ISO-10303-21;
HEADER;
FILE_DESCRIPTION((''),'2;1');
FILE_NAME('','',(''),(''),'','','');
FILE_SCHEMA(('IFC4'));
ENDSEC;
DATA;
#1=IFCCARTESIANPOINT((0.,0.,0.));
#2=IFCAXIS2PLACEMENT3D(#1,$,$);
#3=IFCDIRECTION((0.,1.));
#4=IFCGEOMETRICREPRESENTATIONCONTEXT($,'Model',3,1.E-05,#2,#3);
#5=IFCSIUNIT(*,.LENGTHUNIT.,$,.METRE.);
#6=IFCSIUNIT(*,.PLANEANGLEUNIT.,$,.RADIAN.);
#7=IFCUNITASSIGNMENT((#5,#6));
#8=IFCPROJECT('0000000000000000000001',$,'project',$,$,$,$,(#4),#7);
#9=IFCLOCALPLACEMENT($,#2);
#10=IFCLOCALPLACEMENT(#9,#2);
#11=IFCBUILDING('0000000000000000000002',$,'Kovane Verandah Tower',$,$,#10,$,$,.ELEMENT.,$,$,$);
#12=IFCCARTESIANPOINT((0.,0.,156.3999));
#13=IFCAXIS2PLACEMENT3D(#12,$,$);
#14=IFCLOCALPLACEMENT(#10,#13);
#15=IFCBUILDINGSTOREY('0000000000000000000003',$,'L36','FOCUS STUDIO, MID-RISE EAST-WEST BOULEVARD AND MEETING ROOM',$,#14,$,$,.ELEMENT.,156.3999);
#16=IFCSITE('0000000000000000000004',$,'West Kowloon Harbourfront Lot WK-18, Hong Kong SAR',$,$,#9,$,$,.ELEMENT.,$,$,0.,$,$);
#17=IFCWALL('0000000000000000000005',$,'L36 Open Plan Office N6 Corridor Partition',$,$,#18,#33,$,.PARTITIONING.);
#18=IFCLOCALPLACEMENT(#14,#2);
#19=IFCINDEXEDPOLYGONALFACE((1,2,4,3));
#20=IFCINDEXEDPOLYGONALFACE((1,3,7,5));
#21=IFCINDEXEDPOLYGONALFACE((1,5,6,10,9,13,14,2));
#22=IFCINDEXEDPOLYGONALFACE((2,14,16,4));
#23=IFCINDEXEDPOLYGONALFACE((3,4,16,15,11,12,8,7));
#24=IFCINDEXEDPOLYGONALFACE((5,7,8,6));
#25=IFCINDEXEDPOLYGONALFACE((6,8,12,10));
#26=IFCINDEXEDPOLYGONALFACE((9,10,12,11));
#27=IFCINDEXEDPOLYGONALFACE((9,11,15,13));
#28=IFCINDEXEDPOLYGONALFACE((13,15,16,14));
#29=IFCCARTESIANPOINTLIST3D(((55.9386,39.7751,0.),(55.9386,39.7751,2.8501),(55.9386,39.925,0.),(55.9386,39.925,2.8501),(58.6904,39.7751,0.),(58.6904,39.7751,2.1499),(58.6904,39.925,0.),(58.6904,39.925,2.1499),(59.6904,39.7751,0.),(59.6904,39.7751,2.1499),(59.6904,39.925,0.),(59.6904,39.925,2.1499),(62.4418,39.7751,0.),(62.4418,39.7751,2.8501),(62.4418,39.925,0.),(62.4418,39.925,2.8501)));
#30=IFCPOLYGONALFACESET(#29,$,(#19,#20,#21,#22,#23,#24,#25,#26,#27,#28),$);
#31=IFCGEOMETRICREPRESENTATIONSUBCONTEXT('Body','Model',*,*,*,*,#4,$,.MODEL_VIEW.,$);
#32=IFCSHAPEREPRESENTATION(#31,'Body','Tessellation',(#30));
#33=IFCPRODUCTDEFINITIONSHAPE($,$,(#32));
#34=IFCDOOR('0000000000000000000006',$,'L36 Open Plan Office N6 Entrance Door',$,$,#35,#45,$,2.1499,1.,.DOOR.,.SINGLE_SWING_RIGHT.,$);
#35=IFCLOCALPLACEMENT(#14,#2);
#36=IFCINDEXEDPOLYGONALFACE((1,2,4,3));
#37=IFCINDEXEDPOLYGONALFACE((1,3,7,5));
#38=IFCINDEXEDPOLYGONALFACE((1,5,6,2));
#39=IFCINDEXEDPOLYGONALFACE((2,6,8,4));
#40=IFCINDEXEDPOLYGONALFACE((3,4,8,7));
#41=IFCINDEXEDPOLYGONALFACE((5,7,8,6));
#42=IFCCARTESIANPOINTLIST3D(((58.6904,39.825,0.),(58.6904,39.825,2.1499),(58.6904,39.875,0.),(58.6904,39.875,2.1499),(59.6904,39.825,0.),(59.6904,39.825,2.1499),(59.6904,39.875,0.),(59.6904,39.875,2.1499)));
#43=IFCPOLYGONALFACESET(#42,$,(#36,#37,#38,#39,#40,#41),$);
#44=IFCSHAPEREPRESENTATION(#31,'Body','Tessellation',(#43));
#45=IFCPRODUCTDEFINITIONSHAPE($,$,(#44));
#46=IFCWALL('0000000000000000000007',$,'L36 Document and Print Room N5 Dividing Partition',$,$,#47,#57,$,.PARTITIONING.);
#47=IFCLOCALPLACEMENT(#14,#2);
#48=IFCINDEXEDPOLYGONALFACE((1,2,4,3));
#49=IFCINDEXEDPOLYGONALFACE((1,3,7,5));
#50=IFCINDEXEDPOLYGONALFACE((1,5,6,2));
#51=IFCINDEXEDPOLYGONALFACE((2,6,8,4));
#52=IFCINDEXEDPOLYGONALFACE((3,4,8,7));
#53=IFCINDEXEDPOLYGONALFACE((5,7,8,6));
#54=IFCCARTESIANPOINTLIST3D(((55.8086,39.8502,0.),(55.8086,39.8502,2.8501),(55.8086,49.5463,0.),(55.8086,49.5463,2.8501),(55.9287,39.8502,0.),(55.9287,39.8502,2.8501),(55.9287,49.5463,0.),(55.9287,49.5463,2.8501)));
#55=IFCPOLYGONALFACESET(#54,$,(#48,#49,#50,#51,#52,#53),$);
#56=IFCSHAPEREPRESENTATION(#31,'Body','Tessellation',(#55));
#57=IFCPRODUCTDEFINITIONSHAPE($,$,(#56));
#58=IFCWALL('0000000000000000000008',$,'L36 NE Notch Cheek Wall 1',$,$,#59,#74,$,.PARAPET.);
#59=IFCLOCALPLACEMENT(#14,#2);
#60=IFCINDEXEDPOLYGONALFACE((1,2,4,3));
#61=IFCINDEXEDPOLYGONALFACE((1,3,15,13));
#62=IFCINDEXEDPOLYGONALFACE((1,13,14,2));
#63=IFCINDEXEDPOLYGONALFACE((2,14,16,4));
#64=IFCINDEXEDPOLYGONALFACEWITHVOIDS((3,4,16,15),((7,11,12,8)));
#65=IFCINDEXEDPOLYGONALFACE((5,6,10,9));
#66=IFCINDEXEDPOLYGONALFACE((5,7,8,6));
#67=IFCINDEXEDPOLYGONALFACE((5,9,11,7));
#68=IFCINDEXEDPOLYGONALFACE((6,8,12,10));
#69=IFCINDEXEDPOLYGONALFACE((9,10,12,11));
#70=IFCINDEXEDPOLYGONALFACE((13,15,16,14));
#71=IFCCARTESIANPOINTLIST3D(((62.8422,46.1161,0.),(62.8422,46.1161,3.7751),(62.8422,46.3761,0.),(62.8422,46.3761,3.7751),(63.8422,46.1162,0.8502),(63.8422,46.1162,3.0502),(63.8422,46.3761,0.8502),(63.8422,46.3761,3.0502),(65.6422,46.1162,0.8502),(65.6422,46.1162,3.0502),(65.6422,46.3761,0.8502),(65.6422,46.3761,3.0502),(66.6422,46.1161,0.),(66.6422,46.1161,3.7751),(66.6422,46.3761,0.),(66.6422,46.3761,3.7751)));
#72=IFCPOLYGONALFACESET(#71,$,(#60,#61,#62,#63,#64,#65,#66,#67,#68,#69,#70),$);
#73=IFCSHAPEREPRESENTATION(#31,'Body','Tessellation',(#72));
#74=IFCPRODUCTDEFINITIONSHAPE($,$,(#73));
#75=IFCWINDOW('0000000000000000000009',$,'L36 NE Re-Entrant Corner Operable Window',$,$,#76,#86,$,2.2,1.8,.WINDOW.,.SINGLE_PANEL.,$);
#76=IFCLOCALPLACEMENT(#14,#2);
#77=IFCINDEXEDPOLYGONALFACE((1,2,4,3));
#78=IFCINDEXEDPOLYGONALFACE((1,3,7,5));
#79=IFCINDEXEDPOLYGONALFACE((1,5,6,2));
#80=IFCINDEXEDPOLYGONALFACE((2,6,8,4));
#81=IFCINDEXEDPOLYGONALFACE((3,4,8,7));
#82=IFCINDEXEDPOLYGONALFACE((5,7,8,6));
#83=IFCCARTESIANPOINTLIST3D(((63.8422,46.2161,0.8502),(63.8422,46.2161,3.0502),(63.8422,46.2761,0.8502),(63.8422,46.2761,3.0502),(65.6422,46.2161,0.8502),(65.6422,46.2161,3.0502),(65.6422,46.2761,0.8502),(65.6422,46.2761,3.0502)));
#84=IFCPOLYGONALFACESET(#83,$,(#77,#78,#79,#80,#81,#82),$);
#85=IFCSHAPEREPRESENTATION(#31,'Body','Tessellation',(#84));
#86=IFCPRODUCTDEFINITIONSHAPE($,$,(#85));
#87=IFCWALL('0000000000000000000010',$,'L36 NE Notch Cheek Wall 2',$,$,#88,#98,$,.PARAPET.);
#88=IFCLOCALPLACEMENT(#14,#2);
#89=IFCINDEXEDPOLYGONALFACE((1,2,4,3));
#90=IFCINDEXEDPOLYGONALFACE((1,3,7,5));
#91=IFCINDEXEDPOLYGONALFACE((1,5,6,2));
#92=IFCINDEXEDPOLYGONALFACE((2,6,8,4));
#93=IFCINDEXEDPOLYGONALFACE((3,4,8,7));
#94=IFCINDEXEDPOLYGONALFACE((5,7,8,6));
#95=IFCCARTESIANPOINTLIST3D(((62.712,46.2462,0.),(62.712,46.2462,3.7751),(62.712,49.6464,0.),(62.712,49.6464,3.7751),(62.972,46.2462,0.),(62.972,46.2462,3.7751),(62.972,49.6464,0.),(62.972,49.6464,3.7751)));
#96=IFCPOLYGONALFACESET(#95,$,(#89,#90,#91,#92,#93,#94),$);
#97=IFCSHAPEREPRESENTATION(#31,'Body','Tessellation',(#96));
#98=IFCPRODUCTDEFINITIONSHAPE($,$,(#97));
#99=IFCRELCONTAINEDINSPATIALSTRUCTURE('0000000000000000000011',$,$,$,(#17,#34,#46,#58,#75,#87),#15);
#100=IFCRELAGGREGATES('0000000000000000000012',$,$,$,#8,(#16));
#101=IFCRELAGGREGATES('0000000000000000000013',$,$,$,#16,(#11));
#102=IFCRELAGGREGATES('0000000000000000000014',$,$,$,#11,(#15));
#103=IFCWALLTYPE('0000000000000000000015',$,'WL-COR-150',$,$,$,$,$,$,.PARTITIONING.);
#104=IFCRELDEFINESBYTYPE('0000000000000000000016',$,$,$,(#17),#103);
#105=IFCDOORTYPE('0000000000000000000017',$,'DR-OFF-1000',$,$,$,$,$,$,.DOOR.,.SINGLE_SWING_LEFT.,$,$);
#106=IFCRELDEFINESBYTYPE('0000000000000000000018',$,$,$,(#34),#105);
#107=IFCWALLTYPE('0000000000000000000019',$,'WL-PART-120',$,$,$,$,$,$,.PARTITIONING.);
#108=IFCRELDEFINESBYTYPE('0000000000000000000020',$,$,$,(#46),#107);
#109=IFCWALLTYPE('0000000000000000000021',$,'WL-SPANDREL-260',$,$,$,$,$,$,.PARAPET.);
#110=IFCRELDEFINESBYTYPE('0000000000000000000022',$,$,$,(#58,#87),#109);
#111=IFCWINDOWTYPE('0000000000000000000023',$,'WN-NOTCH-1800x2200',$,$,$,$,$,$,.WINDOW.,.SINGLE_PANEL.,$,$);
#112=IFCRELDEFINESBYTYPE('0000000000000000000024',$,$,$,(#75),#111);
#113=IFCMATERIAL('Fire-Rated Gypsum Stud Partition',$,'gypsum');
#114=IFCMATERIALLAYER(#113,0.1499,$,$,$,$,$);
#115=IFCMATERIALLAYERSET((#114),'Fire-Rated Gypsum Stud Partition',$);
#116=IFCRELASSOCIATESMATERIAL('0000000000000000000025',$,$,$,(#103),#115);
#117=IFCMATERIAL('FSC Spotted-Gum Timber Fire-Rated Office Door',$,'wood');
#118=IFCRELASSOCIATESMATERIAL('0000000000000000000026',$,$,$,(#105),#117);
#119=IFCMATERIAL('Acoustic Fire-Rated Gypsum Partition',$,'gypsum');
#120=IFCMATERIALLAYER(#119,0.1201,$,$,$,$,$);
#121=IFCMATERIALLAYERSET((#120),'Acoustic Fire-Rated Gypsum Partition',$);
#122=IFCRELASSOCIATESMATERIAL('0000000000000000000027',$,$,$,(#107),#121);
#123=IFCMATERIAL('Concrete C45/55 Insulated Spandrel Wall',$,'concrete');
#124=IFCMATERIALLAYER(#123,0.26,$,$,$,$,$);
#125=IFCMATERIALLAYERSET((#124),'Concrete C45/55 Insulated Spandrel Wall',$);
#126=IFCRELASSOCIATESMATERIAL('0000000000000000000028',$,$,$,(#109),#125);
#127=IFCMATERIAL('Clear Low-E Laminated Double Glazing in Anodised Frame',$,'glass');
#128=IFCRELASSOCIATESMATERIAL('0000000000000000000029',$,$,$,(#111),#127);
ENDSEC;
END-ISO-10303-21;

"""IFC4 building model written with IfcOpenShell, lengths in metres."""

from ifc_helpers import new_model, si_unit, direction, frame, frame_2d, origin, place, context, subcontext, project, spatial, rectangle, extrude, material, layer, layer_set, type_object, element, fill, save


model = new_model("IFC4")

# Units and contexts
model_context = context("Model", 3, precision=1e-05, world=origin(), true_north=direction((0.0, 1.0)))
body_context = subcontext(model_context, "Body", "Model", "MODEL_VIEW")
ifc_project = project(units=[si_unit("LENGTHUNIT", "METRE"), si_unit("PLANEANGLEUNIT", "RADIAN")], contexts=[model_context])

# Site, building, storey
site_placement = place(None, origin())
site = spatial("IfcSite", under=ifc_project, at=site_placement, Name="West Kowloon Harbourfront Lot WK-18, Hong Kong SAR", CompositionType="ELEMENT", RefElevation=0.0)
building_placement = place(site_placement, origin())
building = spatial("IfcBuilding", under=site, at=building_placement, Name="Kovane Verandah Tower", CompositionType="ELEMENT")
storey_placement = place(building_placement, frame((0.0, 0.0, 156.3999)))
storey = spatial("IfcBuildingStorey", under=building, at=storey_placement, Name="L36", Description="FOCUS STUDIO, MID-RISE EAST-WEST BOULEVARD AND MEETING ROOM", CompositionType="ELEMENT", Elevation=156.3999)

# Wall, opening, door
ifc_material_1 = material(Name="Fire-Rated Gypsum Stud Partition", Category="gypsum")
ifc_layer_1 = layer(ifc_material_1, 0.1499)
ifc_layer_set_1 = layer_set([ifc_layer_1], Name="Fire-Rated Gypsum Stud Partition")
wall_type_1 = type_object("IfcWallType", Name="WL-COR-150", PredefinedType="PARTITIONING", material=ifc_layer_set_1)
wall_1_placement = place(storey_placement, frame((55.9387, 39.8501, 0.0), z_axis=(0.0, 0.0, 1.0), x_axis=(1.0, 0.0, 0.0)))
wall_1 = element("IfcWall", 1, at=wall_1_placement, inside=storey, type_object=wall_type_1, Name="L36 Open Plan Office N6 Corridor Partition", PredefinedType="PARTITIONING", context=body_context, shape_type="SweptSolid", body=[
    extrude(rectangle(XDim=6.5032, YDim=0.1499, at=frame_2d((3.2515, 0.0))), origin(), (0.0, 0.0, 1.0), 2.8501),
])
opening_1_placement = place(wall_1_placement, frame((2.7517, 0.0, 0.0)))
opening_1 = element("IfcOpeningElement", 2, at=opening_1_placement, cuts=wall_1, PredefinedType="OPENING", context=body_context, shape_type="SweptSolid", body=[
    extrude(rectangle(XDim=1.0, YDim=2.1499, at=frame_2d((0.5, 1.075))), frame((0.0, 0.075, 0.0), z_axis=(0.0, -1.0, 0.0), x_axis=(1.0, 0.0, 0.0)), (0.0, 0.0, 1.0), 0.1499),
])
ifc_material_2 = material(Name="FSC Spotted-Gum Timber Fire-Rated Office Door", Category="wood")
door_type_1 = type_object("IfcDoorType", Name="DR-OFF-1000", OperationType="SINGLE_SWING_LEFT", PredefinedType="DOOR", material=ifc_material_2)
door_1_placement = place(opening_1_placement, origin())
door_1 = element("IfcDoor", 3, at=door_1_placement, inside=storey, type_object=door_type_1, Name="L36 Open Plan Office N6 Entrance Door", OperationType="SINGLE_SWING_RIGHT", OverallHeight=2.1499, OverallWidth=1.0, PredefinedType="DOOR", context=body_context, shape_type="SweptSolid", body=[
    extrude(rectangle(XDim=1.0, YDim=2.1499, at=frame_2d((0.5, 1.075))), frame((0.0, 0.0249, 0.0), z_axis=(0.0, -1.0, 0.0), x_axis=(1.0, 0.0, 0.0)), (0.0, 0.0, 1.0), 0.05),
])
fill(opening_1, door_1)

# Wall
ifc_material_3 = material(Name="Acoustic Fire-Rated Gypsum Partition", Category="gypsum")
ifc_layer_2 = layer(ifc_material_3, 0.1201)
ifc_layer_set_2 = layer_set([ifc_layer_2], Name="Acoustic Fire-Rated Gypsum Partition")
wall_type_2 = type_object("IfcWallType", Name="WL-PART-120", PredefinedType="PARTITIONING", material=ifc_layer_set_2)
wall_2_placement = place(storey_placement, frame((55.8687, 39.8501, 0.0), z_axis=(0.0, 0.0, 1.0), x_axis=(0.0, 1.0, 0.0)))
element("IfcWall", 4, at=wall_2_placement, inside=storey, type_object=wall_type_2, Name="L36 Document and Print Room N5 Dividing Partition", PredefinedType="PARTITIONING", context=body_context, shape_type="SweptSolid", body=[
    extrude(rectangle(XDim=9.696, YDim=0.1201, at=frame_2d((4.8481, 0.0))), origin(), (0.0, 0.0, 1.0), 2.8501),
])

# Shared definitions
ifc_material_4 = material(Name="Concrete C45/55 Insulated Spandrel Wall", Category="concrete")
ifc_layer_3 = layer(ifc_material_4, 0.26)
ifc_layer_set_3 = layer_set([ifc_layer_3], Name="Concrete C45/55 Insulated Spandrel Wall")
wall_type_3 = type_object("IfcWallType", Name="WL-SPANDREL-260", PredefinedType="PARAPET", material=ifc_layer_set_3)
ifc_material_5 = material(Name="Clear Low-E Laminated Double Glazing in Anodised Frame", Category="glass")

# Wall, opening, window
wall_3_placement = place(storey_placement, frame((66.6421, 46.2461, 0.0), z_axis=(0.0, 0.0, 1.0), x_axis=(-1.0, 0.0, 0.0)))
wall_3 = element("IfcWall", 5, at=wall_3_placement, inside=storey, type_object=wall_type_3, Name="L36 NE Notch Cheek Wall 1", PredefinedType="PARAPET", context=body_context, shape_type="SweptSolid", body=[
    extrude(rectangle(XDim=3.8, YDim=0.26, at=frame_2d((1.8999, 0.0))), origin(), (0.0, 0.0, 1.0), 3.7751),
])
opening_2_placement = place(wall_3_placement, frame((1.0, 0.0, 0.8501)))
opening_2 = element("IfcOpeningElement", 6, at=opening_2_placement, cuts=wall_3, PredefinedType="OPENING", context=body_context, shape_type="SweptSolid", body=[
    extrude(rectangle(XDim=1.8, YDim=2.2, at=frame_2d((0.8999, 1.1001))), frame((0.0, 0.1299, 0.0), z_axis=(0.0, -1.0, 0.0), x_axis=(1.0, 0.0, 0.0)), (0.0, 0.0, 1.0), 0.26),
])
window_type_1 = type_object("IfcWindowType", Name="WN-NOTCH-1800x2200", PartitioningType="SINGLE_PANEL", PredefinedType="WINDOW", material=ifc_material_5)
window_1_placement = place(opening_2_placement, origin())
window_1 = element("IfcWindow", 7, at=window_1_placement, inside=storey, type_object=window_type_1, Name="L36 NE Re-Entrant Corner Operable Window", OverallHeight=2.2, OverallWidth=1.8, PartitioningType="SINGLE_PANEL", PredefinedType="WINDOW", context=body_context, shape_type="SweptSolid", body=[
    extrude(rectangle(XDim=1.8, YDim=2.2, at=frame_2d((0.8999, 1.1001))), frame((0.0, 0.03, 0.0), z_axis=(0.0, -1.0, 0.0), x_axis=(1.0, 0.0, 0.0)), (0.0, 0.0, 1.0), 0.0601),
])
fill(opening_2, window_1)

# Wall
wall_4_placement = place(storey_placement, frame((62.842, 46.2461, 0.0), z_axis=(0.0, 0.0, 1.0), x_axis=(0.0, 1.0, 0.0)))
element("IfcWall", 8, at=wall_4_placement, inside=storey, type_object=wall_type_3, Name="L36 NE Notch Cheek Wall 2", PredefinedType="PARAPET", context=body_context, shape_type="SweptSolid", body=[
    extrude(rectangle(XDim=3.4001, YDim=0.26, at=frame_2d((1.7002, 0.0))), origin(), (0.0, 0.0, 1.0), 3.7751),
])

save(model, "model.ifc")
